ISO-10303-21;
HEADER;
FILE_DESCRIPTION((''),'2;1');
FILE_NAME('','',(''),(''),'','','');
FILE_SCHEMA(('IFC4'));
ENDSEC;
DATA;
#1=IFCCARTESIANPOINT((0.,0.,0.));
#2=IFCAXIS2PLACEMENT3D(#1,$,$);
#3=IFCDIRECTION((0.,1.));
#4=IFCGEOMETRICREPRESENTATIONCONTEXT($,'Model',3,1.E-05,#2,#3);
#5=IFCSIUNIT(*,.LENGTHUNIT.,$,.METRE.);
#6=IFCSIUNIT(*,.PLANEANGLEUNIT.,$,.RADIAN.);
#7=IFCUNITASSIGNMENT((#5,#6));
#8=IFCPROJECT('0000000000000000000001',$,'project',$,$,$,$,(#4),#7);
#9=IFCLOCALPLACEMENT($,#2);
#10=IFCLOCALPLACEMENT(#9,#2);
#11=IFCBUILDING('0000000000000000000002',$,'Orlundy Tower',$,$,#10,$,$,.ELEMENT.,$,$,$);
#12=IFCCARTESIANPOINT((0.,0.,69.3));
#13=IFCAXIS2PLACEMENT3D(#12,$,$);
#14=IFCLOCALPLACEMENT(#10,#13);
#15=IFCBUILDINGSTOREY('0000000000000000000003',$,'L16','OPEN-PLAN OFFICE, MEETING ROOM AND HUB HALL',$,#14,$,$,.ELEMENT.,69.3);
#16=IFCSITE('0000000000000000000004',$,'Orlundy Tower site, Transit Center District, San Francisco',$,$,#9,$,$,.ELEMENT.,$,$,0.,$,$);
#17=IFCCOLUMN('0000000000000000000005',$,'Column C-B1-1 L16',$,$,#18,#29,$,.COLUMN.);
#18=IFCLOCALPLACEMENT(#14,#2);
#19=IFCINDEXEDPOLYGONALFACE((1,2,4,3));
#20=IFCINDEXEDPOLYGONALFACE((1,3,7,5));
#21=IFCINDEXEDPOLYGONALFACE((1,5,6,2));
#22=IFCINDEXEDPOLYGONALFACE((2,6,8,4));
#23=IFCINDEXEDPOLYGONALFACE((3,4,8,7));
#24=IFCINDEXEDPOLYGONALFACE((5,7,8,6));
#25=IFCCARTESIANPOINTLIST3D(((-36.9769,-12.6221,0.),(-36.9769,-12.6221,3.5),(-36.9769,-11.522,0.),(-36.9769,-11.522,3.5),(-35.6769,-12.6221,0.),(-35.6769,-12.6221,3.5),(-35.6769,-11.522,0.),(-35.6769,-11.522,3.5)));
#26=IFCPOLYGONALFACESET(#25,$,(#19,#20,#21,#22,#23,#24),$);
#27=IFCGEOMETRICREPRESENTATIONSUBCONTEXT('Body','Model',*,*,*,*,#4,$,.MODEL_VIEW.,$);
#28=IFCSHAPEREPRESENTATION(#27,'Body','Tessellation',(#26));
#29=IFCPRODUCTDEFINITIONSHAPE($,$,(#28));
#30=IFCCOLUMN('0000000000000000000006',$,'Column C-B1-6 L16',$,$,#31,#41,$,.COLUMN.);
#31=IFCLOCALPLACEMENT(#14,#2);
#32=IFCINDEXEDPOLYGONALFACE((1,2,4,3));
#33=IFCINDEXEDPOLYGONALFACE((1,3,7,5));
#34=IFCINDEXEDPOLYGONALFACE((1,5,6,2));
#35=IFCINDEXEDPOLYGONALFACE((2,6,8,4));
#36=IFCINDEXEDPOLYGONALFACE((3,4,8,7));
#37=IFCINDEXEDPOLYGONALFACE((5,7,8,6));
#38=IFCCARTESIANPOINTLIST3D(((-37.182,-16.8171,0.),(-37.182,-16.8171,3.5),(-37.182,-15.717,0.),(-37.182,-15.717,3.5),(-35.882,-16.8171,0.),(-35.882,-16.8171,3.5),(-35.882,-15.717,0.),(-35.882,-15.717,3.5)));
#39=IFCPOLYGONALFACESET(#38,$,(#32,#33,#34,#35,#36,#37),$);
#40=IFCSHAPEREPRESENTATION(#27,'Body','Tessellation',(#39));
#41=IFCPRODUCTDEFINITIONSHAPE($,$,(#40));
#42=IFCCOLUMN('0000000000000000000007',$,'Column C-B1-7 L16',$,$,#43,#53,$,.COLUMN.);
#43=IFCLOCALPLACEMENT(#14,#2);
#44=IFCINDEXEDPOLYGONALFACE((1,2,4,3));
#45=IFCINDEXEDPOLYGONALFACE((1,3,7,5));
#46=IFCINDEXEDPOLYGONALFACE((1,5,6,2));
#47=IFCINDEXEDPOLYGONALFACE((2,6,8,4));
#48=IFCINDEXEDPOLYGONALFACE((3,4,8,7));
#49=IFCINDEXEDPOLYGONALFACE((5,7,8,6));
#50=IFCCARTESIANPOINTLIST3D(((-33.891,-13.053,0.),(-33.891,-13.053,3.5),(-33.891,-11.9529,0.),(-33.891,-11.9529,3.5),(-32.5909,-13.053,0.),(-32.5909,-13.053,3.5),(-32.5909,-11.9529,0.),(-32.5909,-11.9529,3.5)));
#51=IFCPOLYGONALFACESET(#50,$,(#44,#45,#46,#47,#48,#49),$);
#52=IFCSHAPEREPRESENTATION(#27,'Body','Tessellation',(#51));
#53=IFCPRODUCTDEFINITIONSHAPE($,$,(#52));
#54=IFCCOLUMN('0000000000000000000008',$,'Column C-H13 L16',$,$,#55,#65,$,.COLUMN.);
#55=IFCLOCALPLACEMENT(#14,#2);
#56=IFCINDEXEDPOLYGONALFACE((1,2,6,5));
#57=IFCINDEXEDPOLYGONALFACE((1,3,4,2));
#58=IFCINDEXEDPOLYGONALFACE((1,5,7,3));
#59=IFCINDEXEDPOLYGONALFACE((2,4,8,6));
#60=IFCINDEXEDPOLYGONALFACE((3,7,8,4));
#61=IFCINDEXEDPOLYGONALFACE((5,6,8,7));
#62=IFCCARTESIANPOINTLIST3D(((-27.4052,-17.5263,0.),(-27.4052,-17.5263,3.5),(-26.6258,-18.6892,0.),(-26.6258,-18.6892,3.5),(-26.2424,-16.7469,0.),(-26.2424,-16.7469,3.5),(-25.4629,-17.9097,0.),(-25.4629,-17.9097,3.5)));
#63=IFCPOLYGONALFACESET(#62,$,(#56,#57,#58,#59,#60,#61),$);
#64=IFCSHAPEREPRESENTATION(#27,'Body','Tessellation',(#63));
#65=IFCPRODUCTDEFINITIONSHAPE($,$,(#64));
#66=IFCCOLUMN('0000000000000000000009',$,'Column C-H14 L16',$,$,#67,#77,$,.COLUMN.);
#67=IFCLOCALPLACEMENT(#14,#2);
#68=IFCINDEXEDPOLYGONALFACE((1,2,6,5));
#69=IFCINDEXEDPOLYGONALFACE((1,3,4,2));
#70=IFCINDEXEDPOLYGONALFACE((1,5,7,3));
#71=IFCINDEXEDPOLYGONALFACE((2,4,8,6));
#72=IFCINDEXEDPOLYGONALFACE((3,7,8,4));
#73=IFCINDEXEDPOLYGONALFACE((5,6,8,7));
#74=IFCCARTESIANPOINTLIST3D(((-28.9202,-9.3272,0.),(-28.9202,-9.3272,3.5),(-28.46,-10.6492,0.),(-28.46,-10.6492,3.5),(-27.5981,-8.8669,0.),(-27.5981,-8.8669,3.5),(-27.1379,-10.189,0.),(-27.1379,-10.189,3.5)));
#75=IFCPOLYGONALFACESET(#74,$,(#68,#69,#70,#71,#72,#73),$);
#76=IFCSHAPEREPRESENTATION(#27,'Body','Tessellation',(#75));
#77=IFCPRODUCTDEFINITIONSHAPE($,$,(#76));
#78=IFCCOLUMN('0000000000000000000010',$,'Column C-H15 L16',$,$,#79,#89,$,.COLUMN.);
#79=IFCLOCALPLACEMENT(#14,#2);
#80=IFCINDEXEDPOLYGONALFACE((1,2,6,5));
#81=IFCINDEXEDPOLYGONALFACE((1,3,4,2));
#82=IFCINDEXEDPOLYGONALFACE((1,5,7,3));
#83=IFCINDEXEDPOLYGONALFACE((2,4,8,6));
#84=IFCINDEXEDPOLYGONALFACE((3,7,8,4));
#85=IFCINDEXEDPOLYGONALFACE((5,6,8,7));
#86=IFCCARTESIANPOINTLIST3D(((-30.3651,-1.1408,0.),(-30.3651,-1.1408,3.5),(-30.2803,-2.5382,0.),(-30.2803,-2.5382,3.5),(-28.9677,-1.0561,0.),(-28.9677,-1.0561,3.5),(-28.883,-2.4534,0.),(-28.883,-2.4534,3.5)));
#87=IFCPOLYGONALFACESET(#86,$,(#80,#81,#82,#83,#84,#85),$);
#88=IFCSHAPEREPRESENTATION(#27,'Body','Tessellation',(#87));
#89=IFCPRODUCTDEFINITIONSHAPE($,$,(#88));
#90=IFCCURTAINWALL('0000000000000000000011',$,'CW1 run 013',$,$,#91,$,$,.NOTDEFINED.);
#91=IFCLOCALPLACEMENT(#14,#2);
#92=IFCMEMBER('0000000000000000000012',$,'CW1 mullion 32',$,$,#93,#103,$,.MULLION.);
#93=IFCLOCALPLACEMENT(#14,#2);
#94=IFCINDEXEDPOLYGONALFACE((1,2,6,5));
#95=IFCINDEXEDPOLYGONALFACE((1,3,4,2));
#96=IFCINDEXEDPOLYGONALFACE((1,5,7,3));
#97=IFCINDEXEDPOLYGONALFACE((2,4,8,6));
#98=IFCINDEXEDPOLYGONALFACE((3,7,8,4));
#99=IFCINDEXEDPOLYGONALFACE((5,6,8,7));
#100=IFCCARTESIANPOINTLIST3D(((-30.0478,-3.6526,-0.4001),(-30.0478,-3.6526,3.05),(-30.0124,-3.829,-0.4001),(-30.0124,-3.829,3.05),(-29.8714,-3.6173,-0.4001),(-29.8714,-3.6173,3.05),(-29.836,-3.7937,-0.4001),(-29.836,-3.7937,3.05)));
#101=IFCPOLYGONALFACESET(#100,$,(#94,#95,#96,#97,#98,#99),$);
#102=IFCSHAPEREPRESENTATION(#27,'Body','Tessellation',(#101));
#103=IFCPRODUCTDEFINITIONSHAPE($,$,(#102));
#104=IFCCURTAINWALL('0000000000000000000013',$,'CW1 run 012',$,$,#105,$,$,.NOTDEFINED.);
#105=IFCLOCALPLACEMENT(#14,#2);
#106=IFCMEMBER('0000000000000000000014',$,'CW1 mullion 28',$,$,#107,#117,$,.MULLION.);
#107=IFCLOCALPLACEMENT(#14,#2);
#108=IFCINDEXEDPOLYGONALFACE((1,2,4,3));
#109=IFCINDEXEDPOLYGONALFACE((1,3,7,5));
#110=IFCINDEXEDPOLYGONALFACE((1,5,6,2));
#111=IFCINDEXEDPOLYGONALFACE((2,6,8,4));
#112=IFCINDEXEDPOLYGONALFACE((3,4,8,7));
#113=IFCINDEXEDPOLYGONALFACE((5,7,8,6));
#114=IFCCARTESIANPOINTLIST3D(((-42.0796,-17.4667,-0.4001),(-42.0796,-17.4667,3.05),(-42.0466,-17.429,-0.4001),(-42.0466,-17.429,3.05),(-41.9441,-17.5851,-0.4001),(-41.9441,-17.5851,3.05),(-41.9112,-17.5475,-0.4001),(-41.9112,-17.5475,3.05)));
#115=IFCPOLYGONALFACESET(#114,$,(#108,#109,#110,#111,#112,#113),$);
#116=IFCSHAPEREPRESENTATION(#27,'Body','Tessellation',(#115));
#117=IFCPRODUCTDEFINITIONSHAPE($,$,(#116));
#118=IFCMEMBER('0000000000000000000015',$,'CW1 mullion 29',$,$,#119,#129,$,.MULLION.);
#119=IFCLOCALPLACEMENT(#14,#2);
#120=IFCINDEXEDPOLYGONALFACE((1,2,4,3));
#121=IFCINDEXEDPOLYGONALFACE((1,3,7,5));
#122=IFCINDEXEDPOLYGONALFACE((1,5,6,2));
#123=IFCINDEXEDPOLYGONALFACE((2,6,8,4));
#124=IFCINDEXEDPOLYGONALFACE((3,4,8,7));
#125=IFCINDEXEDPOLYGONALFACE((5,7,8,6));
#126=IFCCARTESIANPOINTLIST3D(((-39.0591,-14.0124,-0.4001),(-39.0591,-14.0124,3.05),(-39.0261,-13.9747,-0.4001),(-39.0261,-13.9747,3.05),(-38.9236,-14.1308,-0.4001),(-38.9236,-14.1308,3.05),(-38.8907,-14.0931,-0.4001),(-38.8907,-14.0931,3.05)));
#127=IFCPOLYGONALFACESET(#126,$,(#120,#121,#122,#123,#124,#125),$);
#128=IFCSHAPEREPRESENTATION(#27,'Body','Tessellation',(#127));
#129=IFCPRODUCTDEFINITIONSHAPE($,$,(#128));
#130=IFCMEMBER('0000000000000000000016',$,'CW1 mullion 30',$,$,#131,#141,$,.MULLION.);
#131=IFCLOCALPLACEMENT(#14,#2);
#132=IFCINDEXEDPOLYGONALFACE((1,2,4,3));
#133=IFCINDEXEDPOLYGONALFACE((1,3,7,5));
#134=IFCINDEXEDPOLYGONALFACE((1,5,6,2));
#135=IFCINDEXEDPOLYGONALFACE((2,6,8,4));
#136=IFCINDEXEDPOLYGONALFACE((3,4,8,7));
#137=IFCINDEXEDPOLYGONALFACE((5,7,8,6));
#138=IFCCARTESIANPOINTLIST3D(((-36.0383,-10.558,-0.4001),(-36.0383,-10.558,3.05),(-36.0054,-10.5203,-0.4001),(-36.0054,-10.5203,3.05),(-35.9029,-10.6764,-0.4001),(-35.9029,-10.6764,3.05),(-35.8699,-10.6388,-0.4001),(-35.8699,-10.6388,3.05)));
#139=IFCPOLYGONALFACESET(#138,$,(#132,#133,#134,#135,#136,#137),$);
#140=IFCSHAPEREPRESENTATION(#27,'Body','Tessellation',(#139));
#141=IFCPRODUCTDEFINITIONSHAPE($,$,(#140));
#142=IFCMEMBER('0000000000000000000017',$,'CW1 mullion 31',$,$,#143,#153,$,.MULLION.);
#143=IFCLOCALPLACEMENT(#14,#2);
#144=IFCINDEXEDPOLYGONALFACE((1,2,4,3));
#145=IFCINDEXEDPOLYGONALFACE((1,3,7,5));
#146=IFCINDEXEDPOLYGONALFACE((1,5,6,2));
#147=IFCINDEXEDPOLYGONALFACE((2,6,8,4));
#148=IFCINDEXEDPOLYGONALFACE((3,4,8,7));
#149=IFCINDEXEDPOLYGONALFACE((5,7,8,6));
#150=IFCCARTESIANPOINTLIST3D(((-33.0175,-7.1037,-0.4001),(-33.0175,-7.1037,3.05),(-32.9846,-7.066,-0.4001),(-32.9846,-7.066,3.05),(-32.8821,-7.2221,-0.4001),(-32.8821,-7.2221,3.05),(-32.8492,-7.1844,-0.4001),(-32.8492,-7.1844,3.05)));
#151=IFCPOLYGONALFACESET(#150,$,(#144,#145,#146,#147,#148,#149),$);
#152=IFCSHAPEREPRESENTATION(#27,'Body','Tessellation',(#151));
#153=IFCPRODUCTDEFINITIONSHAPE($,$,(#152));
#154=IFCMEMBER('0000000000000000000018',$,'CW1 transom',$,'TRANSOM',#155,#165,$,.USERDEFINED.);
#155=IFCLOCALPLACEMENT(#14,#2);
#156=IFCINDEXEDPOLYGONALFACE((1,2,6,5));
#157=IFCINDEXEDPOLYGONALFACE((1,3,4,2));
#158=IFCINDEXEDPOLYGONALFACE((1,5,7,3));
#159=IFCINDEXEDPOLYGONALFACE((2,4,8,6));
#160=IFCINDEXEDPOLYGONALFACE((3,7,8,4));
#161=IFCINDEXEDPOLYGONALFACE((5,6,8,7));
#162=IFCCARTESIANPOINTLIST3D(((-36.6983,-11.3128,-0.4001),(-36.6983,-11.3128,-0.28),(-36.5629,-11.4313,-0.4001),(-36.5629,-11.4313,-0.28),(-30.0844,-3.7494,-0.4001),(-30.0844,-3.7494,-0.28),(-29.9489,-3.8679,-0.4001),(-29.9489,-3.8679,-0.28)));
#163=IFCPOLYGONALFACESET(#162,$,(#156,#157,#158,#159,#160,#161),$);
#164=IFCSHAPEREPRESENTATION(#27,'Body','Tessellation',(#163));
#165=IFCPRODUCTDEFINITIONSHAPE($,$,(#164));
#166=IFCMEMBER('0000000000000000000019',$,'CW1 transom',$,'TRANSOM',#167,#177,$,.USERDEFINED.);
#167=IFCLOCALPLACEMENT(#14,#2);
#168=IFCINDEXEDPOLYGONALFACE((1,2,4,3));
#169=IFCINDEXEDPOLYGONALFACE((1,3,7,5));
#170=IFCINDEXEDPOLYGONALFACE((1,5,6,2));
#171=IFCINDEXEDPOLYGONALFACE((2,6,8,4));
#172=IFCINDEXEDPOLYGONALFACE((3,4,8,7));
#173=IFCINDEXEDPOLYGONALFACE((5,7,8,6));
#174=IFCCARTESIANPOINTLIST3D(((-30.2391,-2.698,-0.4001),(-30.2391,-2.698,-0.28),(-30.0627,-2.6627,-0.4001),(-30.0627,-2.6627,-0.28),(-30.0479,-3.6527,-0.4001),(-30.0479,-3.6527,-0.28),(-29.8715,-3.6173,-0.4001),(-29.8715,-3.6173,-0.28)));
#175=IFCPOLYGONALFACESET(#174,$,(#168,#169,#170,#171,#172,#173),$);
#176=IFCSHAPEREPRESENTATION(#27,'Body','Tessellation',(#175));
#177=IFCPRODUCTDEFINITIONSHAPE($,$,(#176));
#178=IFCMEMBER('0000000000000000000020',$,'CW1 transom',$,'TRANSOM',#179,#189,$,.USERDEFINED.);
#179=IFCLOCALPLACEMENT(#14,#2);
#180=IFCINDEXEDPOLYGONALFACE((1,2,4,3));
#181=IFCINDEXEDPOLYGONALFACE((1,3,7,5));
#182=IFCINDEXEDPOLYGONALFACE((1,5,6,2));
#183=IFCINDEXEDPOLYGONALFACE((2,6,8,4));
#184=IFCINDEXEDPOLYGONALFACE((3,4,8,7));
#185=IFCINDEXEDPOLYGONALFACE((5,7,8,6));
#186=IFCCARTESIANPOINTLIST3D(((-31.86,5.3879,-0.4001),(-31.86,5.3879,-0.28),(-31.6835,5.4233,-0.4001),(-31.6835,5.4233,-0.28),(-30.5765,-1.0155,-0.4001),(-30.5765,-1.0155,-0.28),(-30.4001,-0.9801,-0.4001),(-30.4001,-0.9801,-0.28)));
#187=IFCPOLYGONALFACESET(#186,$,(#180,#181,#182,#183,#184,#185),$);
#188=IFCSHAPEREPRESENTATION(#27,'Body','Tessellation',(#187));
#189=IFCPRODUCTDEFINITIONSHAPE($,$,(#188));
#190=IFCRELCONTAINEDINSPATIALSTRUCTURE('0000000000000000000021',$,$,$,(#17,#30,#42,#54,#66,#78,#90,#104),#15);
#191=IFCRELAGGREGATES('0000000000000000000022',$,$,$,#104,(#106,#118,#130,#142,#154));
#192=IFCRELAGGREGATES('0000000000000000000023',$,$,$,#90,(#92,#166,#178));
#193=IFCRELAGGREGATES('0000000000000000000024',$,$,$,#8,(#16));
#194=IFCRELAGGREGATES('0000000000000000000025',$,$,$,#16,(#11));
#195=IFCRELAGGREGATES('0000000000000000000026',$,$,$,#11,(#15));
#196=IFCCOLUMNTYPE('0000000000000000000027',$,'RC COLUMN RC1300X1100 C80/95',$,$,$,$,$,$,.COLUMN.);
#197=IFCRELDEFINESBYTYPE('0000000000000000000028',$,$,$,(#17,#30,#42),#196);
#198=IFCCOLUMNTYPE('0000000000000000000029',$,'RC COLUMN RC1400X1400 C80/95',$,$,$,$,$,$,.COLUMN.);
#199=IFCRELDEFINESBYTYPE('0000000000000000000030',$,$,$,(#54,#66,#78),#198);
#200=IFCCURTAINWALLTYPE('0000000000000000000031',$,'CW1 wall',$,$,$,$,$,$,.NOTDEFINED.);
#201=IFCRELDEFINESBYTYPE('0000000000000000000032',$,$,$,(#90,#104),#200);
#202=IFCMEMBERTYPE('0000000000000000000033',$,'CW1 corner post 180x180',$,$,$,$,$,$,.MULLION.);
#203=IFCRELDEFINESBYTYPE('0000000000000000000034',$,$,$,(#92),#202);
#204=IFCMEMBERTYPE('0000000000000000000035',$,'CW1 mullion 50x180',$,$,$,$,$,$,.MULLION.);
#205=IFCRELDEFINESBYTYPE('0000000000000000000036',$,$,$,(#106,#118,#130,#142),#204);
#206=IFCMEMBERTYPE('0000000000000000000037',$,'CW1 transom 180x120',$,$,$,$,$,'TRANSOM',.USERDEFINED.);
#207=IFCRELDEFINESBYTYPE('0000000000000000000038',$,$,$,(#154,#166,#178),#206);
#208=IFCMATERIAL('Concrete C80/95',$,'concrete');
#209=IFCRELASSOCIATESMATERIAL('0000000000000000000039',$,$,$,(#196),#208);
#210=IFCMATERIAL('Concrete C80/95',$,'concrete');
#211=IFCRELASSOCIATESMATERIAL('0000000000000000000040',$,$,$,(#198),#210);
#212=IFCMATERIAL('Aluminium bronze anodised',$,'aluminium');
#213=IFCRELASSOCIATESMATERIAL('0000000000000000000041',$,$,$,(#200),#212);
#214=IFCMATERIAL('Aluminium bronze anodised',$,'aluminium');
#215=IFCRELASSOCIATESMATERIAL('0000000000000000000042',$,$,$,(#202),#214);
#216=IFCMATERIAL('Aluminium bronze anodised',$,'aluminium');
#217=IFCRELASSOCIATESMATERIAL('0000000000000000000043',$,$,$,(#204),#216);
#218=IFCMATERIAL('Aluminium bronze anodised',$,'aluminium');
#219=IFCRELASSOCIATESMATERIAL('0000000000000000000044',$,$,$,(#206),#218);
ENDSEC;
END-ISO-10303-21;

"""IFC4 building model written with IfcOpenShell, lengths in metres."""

from ifc_helpers import new_model, si_unit, direction, frame, origin, origin_2d, place, context, subcontext, project, spatial, rectangle, extrude, material, material_profile, profile_set, type_object, element, aggregate, save


model = new_model("IFC4")

# Units and contexts
model_context = context("Model", 3, precision=1e-05, world=origin(), true_north=direction((0.0, 1.0)))
body_context = subcontext(model_context, "Body", "Model", "MODEL_VIEW")
ifc_project = project(units=[si_unit("LENGTHUNIT", "METRE"), si_unit("PLANEANGLEUNIT", "RADIAN")], contexts=[model_context])

# Site, building, storey
site_placement = place(None, origin())
site = spatial("IfcSite", under=ifc_project, at=site_placement, Name="Orlundy Tower site, Transit Center District, San Francisco", CompositionType="ELEMENT", RefElevation=0.0)
building_placement = place(site_placement, origin())
building = spatial("IfcBuilding", under=site, at=building_placement, Name="Orlundy Tower", CompositionType="ELEMENT")
storey_placement = place(building_placement, frame((0.0, 0.0, 69.3)))
storey = spatial("IfcBuildingStorey", under=building, at=storey_placement, Name="L16", Description="OPEN-PLAN OFFICE, MEETING ROOM AND HUB HALL", CompositionType="ELEMENT", Elevation=69.3)

# Columns
ifc_material_1 = material(Name="Concrete C80/95", Category="concrete")
ifc_material_profile_1 = material_profile(ifc_material_1, rectangle(XDim=1.3, YDim=1.1001, at=origin_2d()), Name="RC1300X1100")
ifc_profile_set_1 = profile_set([ifc_material_profile_1], Name="Concrete C80/95")
column_type_1 = type_object("IfcColumnType", Name="RC COLUMN RC1300X1100 C80/95", PredefinedType="COLUMN", material=ifc_profile_set_1)
for number, where, z_axis, x_axis, name in (
    (1, (-36.3269, -12.072, 0.0), (0.0, 0.0, 1.0), (1.0, 0.0, 0.0), "Column C-B1-1 L16"),
    (2, (-36.532, -16.2671, 0.0), (0.0, 0.0, 1.0), (1.0, 0.0, 0.0), "Column C-B1-6 L16"),
    (3, (-33.241, -12.5029, 0.0), (0.0, 0.0, 1.0), (1.0, 0.0, 0.0), "Column C-B1-7 L16"),
):
    element("IfcColumn", number, at=place(storey_placement, frame(where, z_axis=z_axis, x_axis=x_axis)), inside=storey, type_object=column_type_1, Name=name, PredefinedType="COLUMN", context=body_context, shape_type="SweptSolid", body=[
        extrude(rectangle(XDim=1.3, YDim=1.1001, at=origin_2d()), origin(), (0.0, 0.0, 1.0), 3.5),
    ])
ifc_material_2 = material(Name="Concrete C80/95", Category="concrete")
ifc_material_profile_2 = material_profile(ifc_material_2, rectangle(XDim=1.3999, YDim=1.3999, at=origin_2d()), Name="RC1400X1400")
ifc_profile_set_2 = profile_set([ifc_material_profile_2], Name="Concrete C80/95")
column_type_2 = type_object("IfcColumnType", Name="RC COLUMN RC1400X1400 C80/95", PredefinedType="COLUMN", material=ifc_profile_set_2)
for number, where, z_axis, x_axis, name in (
    (4, (-26.4341, -17.718, 0.0), (0.0, 0.0, 1.0), (-0.830664, -0.556774, 0.0), "Column C-H13 L16"),
    (5, (-28.0291, -9.7581, 0.0), (0.0, 0.0, 1.0), (-0.944405, -0.328784, 0.0), "Column C-H14 L16"),
    (6, (-29.624, -1.7971, 0.0), (0.0, 0.0, 1.0), (-0.998166, -0.060543, 0.0), "Column C-H15 L16"),
):
    element("IfcColumn", number, at=place(storey_placement, frame(where, z_axis=z_axis, x_axis=x_axis)), inside=storey, type_object=column_type_2, Name=name, PredefinedType="COLUMN", context=body_context, shape_type="SweptSolid", body=[
        extrude(rectangle(XDim=1.3999, YDim=1.3999, at=origin_2d()), origin(), (0.0, 0.0, 1.0), 3.5),
    ])

# Curtain wall, member
ifc_material_3 = material(Name="Aluminium bronze anodised", Category="aluminium")
curtain_wall_type = type_object("IfcCurtainWallType", Name="CW1 wall", PredefinedType="NOTDEFINED", material=ifc_material_3)
curtain_wall_1_placement = place(storey_placement, origin())
curtain_wall_1 = element("IfcCurtainWall", 7, at=curtain_wall_1_placement, inside=storey, type_object=curtain_wall_type, Name="CW1 run 013", PredefinedType="NOTDEFINED")
ifc_material_4 = material(Name="Aluminium bronze anodised", Category="aluminium")
ifc_material_profile_3 = material_profile(ifc_material_4, rectangle(XDim=0.1799, YDim=0.1799, at=origin_2d()), Name="CW1 corner post 180x180")
ifc_profile_set_3 = profile_set([ifc_material_profile_3], Name="Aluminium bronze anodised")
member_type_1 = type_object("IfcMemberType", Name="CW1 corner post 180x180", PredefinedType="MULLION", material=ifc_profile_set_3)
member_1_placement = place(storey_placement, frame((-29.9419, -3.7231, -0.4001), z_axis=(0.0, 0.0, 1.0), x_axis=(-0.980498, -0.196529, 0.0)))
member_1 = element("IfcMember", 8, at=member_1_placement, type_object=member_type_1, Name="CW1 mullion 32", PredefinedType="MULLION", context=body_context, shape_type="SweptSolid", body=[
    extrude(rectangle(XDim=0.1799, YDim=0.1799, at=origin_2d()), origin(), (0.0, 0.0, 1.0), 3.4502),
])

# Curtain wall, members
curtain_wall_2_placement = place(storey_placement, origin())
curtain_wall_2 = element("IfcCurtainWall", 9, at=curtain_wall_2_placement, inside=storey, type_object=curtain_wall_type, Name="CW1 run 012", PredefinedType="NOTDEFINED")
ifc_material_5 = material(Name="Aluminium bronze anodised", Category="aluminium")
ifc_material_profile_4 = material_profile(ifc_material_5, rectangle(XDim=0.1799, YDim=0.05, at=origin_2d()), Name="CW1 mullion 50x180")
ifc_profile_set_4 = profile_set([ifc_material_profile_4], Name="Aluminium bronze anodised")
member_type_2 = type_object("IfcMemberType", Name="CW1 mullion 50x180", PredefinedType="MULLION", material=ifc_profile_set_4)
member_2_placement = place(storey_placement, frame((-41.9954, -17.5071, -0.4001), z_axis=(0.0, 0.0, 1.0), x_axis=(-0.752779, 0.658273, 0.0)))
member_2 = element("IfcMember", 10, at=member_2_placement, type_object=member_type_2, Name="CW1 mullion 28", PredefinedType="MULLION", context=body_context, shape_type="SweptSolid", body=[
    extrude(rectangle(XDim=0.1799, YDim=0.05, at=origin_2d()), origin(), (0.0, 0.0, 1.0), 3.4502),
])
member_3_placement = place(storey_placement, frame((-38.9749, -14.0527, -0.4001), z_axis=(0.0, 0.0, 1.0), x_axis=(-0.752779, 0.658273, 0.0)))
member_3 = element("IfcMember", 11, at=member_3_placement, type_object=member_type_2, Name="CW1 mullion 29", PredefinedType="MULLION", context=body_context, shape_type="SweptSolid", body=[
    extrude(rectangle(XDim=0.1799, YDim=0.05, at=origin_2d()), origin(), (0.0, 0.0, 1.0), 3.4502),
])
member_4_placement = place(storey_placement, frame((-35.9541, -10.5984, -0.4001), z_axis=(0.0, 0.0, 1.0), x_axis=(-0.752779, 0.658273, 0.0)))
member_4 = element("IfcMember", 12, at=member_4_placement, type_object=member_type_2, Name="CW1 mullion 30", PredefinedType="MULLION", context=body_context, shape_type="SweptSolid", body=[
    extrude(rectangle(XDim=0.1799, YDim=0.05, at=origin_2d()), origin(), (0.0, 0.0, 1.0), 3.4502),
])
member_5_placement = place(storey_placement, frame((-32.9333, -7.144, -0.4001), z_axis=(0.0, 0.0, 1.0), x_axis=(-0.752779, 0.658273, 0.0)))
member_5 = element("IfcMember", 13, at=member_5_placement, type_object=member_type_2, Name="CW1 mullion 31", PredefinedType="MULLION", context=body_context, shape_type="SweptSolid", body=[
    extrude(rectangle(XDim=0.1799, YDim=0.05, at=origin_2d()), origin(), (0.0, 0.0, 1.0), 3.4502),
])
ifc_material_6 = material(Name="Aluminium bronze anodised", Category="aluminium")
ifc_material_profile_5 = material_profile(ifc_material_6, rectangle(XDim=0.1799, YDim=0.1201, at=origin_2d()), Name="CW1 transom 180x120")
ifc_profile_set_5 = profile_set([ifc_material_profile_5], Name="Aluminium bronze anodised")
member_type_3 = type_object("IfcMemberType", Name="CW1 transom 180x120", ElementType="TRANSOM", PredefinedType="USERDEFINED", material=ifc_profile_set_5)
member_6_placement = place(storey_placement, frame((-36.6306, -11.3721, -0.3401), z_axis=(0.658278, 0.752775, 0.0), x_axis=(-0.752775, 0.658278, 0.0)))
member_6 = element("IfcMember", 14, at=member_6_placement, type_object=member_type_3, Name="CW1 transom", ObjectType="TRANSOM", PredefinedType="USERDEFINED", context=body_context, shape_type="SweptSolid", body=[
    extrude(rectangle(XDim=0.1799, YDim=0.1201, at=origin_2d()), origin(), (0.0, 0.0, 1.0), 10.0474),
])

# Members
member_7_placement = place(storey_placement, frame((-29.9597, -3.635, -0.3401), z_axis=(-0.196357, 0.980532, 0.0), x_axis=(-0.980532, -0.196357, 0.0)))
member_7 = element("IfcMember", 15, at=member_7_placement, type_object=member_type_3, Name="CW1 transom", ObjectType="TRANSOM", PredefinedType="USERDEFINED", context=body_context, shape_type="SweptSolid", body=[
    extrude(rectangle(XDim=0.1799, YDim=0.1201, at=origin_2d()), origin(), (0.0, 0.0, 1.0), 0.9736),
])
member_8_placement = place(storey_placement, frame((-30.4883, -0.9978, -0.3401), z_axis=(-0.196526, 0.980499, 0.0), x_axis=(-0.980499, -0.196526, 0.0)))
member_8 = element("IfcMember", 16, at=member_8_placement, type_object=member_type_3, Name="CW1 transom", ObjectType="TRANSOM", PredefinedType="USERDEFINED", context=body_context, shape_type="SweptSolid", body=[
    extrude(rectangle(XDim=0.1799, YDim=0.1201, at=origin_2d()), origin(), (0.0, 0.0, 1.0), 6.5308),
])

aggregate(curtain_wall_2, [member_2, member_3, member_4, member_5, member_6])
aggregate(curtain_wall_1, [member_1, member_7, member_8])

save(model, "model.ifc")
